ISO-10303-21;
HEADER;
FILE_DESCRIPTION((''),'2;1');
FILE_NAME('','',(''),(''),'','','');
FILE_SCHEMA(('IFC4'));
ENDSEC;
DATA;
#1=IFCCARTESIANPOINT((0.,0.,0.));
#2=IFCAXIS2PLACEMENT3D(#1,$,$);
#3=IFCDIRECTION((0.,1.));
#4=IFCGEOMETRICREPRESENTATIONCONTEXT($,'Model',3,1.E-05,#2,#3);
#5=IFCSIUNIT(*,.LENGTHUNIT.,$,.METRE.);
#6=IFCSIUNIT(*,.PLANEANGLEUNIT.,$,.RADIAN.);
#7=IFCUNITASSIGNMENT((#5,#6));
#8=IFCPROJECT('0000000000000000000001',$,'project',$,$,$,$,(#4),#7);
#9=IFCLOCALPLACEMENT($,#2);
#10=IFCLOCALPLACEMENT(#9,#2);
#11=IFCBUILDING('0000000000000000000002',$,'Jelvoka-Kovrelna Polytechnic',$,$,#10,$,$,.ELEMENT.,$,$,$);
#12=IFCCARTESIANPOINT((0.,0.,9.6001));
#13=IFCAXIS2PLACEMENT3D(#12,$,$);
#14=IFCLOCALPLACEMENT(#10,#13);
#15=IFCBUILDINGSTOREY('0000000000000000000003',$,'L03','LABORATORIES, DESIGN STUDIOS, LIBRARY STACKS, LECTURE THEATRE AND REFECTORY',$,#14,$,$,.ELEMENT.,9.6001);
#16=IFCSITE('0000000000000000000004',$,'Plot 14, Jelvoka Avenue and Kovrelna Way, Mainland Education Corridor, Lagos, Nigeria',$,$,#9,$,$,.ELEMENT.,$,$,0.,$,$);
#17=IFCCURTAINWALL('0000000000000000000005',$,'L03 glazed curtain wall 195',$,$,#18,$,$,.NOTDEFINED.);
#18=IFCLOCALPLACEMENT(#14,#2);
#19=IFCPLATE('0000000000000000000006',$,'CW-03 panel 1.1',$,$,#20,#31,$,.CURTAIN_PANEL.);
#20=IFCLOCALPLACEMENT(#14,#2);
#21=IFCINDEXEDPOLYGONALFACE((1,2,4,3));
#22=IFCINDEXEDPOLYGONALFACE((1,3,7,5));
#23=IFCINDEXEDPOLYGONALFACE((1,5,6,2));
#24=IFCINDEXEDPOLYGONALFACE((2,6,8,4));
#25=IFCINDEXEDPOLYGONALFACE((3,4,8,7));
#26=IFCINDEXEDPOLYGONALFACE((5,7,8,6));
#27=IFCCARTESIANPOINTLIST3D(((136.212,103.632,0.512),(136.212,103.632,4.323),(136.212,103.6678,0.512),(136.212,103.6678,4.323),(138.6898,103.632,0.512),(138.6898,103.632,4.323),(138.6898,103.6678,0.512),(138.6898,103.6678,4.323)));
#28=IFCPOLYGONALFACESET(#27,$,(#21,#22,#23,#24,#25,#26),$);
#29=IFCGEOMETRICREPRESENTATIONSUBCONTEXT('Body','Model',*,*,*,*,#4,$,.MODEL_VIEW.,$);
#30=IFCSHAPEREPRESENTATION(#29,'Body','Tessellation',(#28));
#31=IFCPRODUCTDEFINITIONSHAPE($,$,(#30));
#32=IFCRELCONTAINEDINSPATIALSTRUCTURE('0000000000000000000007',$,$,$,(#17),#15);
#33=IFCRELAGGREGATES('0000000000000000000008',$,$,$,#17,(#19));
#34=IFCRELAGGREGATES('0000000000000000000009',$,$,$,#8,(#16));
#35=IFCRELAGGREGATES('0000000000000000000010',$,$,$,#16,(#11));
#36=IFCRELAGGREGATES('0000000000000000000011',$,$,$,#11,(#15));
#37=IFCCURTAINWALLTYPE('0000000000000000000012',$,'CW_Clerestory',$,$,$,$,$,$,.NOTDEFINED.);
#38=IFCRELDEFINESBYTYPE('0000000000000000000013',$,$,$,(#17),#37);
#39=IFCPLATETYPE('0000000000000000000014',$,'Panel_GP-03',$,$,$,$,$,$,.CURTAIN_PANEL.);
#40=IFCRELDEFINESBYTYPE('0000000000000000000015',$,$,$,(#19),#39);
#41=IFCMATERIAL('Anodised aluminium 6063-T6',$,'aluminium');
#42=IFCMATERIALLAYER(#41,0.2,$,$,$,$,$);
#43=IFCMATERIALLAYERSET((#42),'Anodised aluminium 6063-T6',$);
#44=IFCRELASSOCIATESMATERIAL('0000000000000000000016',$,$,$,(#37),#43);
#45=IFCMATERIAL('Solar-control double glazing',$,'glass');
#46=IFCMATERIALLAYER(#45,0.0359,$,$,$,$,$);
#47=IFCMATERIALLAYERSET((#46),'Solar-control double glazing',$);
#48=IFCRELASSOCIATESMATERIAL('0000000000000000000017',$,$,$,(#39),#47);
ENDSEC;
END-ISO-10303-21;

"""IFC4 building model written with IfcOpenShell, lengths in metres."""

from ifc_helpers import new_model, si_unit, direction, frame, origin, origin_2d, place, context, subcontext, project, spatial, rectangle, extrude, material, layer, layer_set, type_object, element, aggregate, save


model = new_model("IFC4")

# Units and contexts
model_context = context("Model", 3, precision=1e-05, world=origin(), true_north=direction((0.0, 1.0)))
body_context = subcontext(model_context, "Body", "Model", "MODEL_VIEW")
ifc_project = project(units=[si_unit("LENGTHUNIT", "METRE"), si_unit("PLANEANGLEUNIT", "RADIAN")], contexts=[model_context])

# Site, building, storey
site_placement = place(None, origin())
site = spatial("IfcSite", under=ifc_project, at=site_placement, Name="Plot 14, Jelvoka Avenue and Kovrelna Way, Mainland Education Corridor, Lagos, Nigeria", CompositionType="ELEMENT", RefElevation=0.0)
building_placement = place(site_placement, origin())
building = spatial("IfcBuilding", under=site, at=building_placement, Name="Jelvoka-Kovrelna Polytechnic", CompositionType="ELEMENT")
storey_placement = place(building_placement, frame((0.0, 0.0, 9.6001)))
storey = spatial("IfcBuildingStorey", under=building, at=storey_placement, Name="L03", Description="LABORATORIES, DESIGN STUDIOS, LIBRARY STACKS, LECTURE THEATRE AND REFECTORY", CompositionType="ELEMENT", Elevation=9.6001)

# Shared definitions
ifc_material_1 = material(Name="Anodised aluminium 6063-T6", Category="aluminium")
ifc_layer_1 = layer(ifc_material_1, 0.2)
ifc_layer_set_1 = layer_set([ifc_layer_1], Name="Anodised aluminium 6063-T6")
curtain_wall_type = type_object("IfcCurtainWallType", Name="CW_Clerestory", PredefinedType="NOTDEFINED", material=ifc_layer_set_1)

# Curtain wall
curtain_wall_1_placement = place(storey_placement, origin())
curtain_wall_1 = element("IfcCurtainWall", 1, at=curtain_wall_1_placement, inside=storey, type_object=curtain_wall_type, Name="L03 glazed curtain wall 195", PredefinedType="NOTDEFINED")

# Plate
ifc_material_2 = material(Name="Solar-control double glazing", Category="glass")
ifc_layer_2 = layer(ifc_material_2, 0.0359)
ifc_layer_set_2 = layer_set([ifc_layer_2], Name="Solar-control double glazing")
plate_type = type_object("IfcPlateType", Name="Panel_GP-03", PredefinedType="CURTAIN_PANEL", material=ifc_layer_set_2)
plate_1_placement = place(storey_placement, frame((137.4509, 103.6499, 0.512), z_axis=(0.0, 0.0, 1.0), x_axis=(1.0, 0.0, 0.0)))
plate_1 = element("IfcPlate", 2, at=plate_1_placement, type_object=plate_type, Name="CW-03 panel 1.1", PredefinedType="CURTAIN_PANEL", context=body_context, shape_type="SweptSolid", body=[
    extrude(rectangle(XDim=2.4778, YDim=0.0359, at=origin_2d()), origin(), (0.0, 0.0, 1.0), 3.811),
])
aggregate(curtain_wall_1, [plate_1])

save(model, "model.ifc")
